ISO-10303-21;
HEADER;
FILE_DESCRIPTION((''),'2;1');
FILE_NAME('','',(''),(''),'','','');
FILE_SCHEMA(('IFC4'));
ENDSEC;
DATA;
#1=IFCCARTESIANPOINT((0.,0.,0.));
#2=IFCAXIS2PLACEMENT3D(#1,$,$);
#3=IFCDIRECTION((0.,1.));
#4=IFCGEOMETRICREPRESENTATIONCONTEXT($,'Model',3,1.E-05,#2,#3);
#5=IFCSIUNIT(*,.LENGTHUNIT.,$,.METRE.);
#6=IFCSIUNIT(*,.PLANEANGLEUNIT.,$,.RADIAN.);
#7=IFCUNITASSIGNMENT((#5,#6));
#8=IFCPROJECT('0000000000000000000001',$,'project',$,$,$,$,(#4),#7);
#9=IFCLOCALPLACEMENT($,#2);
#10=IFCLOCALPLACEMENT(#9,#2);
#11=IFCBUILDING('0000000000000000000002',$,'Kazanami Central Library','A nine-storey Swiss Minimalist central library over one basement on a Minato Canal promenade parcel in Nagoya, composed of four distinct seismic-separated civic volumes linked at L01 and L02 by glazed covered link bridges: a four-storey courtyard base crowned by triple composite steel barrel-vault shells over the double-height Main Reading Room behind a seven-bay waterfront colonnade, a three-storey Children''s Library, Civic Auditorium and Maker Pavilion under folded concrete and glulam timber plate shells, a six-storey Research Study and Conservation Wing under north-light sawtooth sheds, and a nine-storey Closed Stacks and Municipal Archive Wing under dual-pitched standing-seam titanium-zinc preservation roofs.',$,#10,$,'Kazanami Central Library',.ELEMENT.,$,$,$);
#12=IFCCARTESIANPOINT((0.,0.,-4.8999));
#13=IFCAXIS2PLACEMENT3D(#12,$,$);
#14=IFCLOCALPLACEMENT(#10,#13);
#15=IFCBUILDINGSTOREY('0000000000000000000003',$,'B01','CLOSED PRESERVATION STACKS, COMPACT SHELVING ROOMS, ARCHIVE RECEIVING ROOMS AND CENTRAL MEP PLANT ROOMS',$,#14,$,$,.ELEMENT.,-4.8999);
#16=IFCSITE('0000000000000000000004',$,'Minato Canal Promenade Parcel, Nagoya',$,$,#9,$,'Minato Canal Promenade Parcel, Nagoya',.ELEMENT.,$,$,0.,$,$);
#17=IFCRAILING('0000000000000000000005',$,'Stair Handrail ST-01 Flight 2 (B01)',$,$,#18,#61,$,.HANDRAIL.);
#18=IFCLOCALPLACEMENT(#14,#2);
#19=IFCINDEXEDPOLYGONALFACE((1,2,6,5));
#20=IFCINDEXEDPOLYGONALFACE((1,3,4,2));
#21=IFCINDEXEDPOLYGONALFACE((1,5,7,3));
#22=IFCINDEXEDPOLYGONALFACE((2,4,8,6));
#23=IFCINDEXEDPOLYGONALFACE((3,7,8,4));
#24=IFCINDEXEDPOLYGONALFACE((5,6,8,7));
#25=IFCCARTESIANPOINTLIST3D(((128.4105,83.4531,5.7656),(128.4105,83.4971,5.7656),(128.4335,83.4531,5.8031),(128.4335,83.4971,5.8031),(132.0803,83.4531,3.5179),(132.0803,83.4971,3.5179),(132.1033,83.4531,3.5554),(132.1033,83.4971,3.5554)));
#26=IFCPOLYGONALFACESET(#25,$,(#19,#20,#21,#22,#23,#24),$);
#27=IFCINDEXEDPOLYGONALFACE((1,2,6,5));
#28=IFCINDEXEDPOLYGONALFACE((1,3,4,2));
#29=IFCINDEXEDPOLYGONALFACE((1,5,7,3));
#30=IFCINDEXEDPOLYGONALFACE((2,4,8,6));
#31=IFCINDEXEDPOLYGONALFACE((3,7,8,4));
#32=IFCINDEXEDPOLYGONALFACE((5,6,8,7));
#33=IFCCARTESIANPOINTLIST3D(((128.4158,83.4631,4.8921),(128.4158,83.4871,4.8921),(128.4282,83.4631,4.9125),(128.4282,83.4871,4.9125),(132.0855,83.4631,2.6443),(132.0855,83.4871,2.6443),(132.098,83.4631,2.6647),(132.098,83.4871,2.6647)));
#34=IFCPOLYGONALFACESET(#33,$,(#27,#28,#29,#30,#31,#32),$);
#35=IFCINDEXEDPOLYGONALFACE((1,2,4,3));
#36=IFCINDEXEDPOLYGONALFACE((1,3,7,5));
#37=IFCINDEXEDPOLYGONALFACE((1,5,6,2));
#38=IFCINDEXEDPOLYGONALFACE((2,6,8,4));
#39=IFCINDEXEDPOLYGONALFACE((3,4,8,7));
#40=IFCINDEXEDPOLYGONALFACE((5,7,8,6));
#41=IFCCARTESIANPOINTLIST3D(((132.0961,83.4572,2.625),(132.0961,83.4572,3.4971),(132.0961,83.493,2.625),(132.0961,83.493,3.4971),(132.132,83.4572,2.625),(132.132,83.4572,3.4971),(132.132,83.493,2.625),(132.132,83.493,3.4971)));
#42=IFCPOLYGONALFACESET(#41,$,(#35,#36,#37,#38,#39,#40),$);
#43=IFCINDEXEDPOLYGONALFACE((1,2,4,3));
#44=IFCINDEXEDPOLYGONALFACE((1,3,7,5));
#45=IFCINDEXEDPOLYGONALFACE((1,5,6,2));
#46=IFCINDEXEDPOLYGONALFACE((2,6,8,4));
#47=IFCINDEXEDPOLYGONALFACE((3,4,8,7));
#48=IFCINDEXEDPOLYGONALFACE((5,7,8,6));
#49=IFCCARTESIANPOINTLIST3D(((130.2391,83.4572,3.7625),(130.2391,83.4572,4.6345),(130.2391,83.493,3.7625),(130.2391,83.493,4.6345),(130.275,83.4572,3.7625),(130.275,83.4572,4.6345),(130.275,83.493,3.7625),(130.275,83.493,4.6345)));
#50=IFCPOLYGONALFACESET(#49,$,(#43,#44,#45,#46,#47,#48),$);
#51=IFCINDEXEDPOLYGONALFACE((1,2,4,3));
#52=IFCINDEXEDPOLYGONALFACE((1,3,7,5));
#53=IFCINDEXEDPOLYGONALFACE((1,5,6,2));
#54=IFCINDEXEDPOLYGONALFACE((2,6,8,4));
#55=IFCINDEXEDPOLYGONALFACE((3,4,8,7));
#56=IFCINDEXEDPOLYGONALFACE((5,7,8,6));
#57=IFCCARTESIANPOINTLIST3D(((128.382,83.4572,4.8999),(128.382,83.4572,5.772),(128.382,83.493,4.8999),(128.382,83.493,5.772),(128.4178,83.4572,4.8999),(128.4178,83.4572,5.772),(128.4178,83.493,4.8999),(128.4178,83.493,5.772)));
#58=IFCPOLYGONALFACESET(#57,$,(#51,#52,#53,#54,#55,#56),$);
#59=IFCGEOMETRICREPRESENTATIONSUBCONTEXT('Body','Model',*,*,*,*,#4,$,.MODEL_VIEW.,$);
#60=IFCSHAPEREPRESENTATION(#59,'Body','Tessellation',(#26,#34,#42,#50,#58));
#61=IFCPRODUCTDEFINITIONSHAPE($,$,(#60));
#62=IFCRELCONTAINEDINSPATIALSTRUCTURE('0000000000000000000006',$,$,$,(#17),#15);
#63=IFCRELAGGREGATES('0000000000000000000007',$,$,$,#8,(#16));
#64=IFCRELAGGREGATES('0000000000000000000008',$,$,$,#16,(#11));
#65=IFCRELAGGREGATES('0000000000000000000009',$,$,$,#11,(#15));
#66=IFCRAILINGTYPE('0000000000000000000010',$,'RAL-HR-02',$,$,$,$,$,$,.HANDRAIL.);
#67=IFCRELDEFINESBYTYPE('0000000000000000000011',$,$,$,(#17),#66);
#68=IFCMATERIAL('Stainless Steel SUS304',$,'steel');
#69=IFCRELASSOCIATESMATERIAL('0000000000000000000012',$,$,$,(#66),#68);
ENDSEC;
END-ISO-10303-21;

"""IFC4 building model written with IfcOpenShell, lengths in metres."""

from ifc_helpers import new_model, si_unit, direction, frame, origin, origin_2d, place, context, subcontext, project, spatial, rectangle, extrude, material, type_object, element, save


model = new_model("IFC4")

# Units and contexts
model_context = context("Model", 3, precision=1e-05, world=origin(), true_north=direction((0.0, 1.0)))
body_context = subcontext(model_context, "Body", "Model", "MODEL_VIEW")
ifc_project = project(units=[si_unit("LENGTHUNIT", "METRE"), si_unit("PLANEANGLEUNIT", "RADIAN")], contexts=[model_context])

# Site, building, storey
site_placement = place(None, origin())
site = spatial("IfcSite", under=ifc_project, at=site_placement, Name="Minato Canal Promenade Parcel, Nagoya", LongName="Minato Canal Promenade Parcel, Nagoya", CompositionType="ELEMENT", RefElevation=0.0)
building_placement = place(site_placement, origin())
building = spatial("IfcBuilding", under=site, at=building_placement, Name="Kazanami Central Library", Description="A nine-storey Swiss Minimalist central library over one basement on a Minato Canal promenade parcel in Nagoya, composed of four distinct seismic-separated civic volumes linked at L01 and L02 by glazed covered link bridges: a four-storey courtyard base crowned by triple composite steel barrel-vault shells over the double-height Main Reading Room behind a seven-bay waterfront colonnade, a three-storey Children's Library, Civic Auditorium and Maker Pavilion under folded concrete and glulam timber plate shells, a six-storey Research Study and Conservation Wing under north-light sawtooth sheds, and a nine-storey Closed Stacks and Municipal Archive Wing under dual-pitched standing-seam titanium-zinc preservation roofs.", LongName="Kazanami Central Library", CompositionType="ELEMENT")
storey_placement = place(building_placement, frame((0.0, 0.0, -4.8999)))
storey = spatial("IfcBuildingStorey", under=building, at=storey_placement, Name="B01", Description="CLOSED PRESERVATION STACKS, COMPACT SHELVING ROOMS, ARCHIVE RECEIVING ROOMS AND CENTRAL MEP PLANT ROOMS", CompositionType="ELEMENT", Elevation=-4.8999)

# Railing
ifc_material_1 = material(Name="Stainless Steel SUS304", Category="steel")
railing_type_1 = type_object("IfcRailingType", Name="RAL-HR-02", PredefinedType="HANDRAIL", material=ifc_material_1)
railing_1_placement = place(storey_placement, frame((132.114, 83.4751, 2.625)))
element("IfcRailing", 1, at=railing_1_placement, inside=storey, type_object=railing_type_1, Name="Stair Handrail ST-01 Flight 2 (B01)", PredefinedType="HANDRAIL", context=body_context, shape_type="SweptSolid", body=[
    extrude(rectangle(XDim=0.0439, YDim=0.0439, at=origin_2d()), frame((-0.0222, 0.0, 0.9116), z_axis=(-0.852753, 0.0, 0.522314), x_axis=(0.0, -1.0, 0.0)), (0.0, 0.0, 1.0), 4.3035),
    extrude(rectangle(XDim=0.0239, YDim=0.0239, at=origin_2d()), frame((-0.0222, 0.0, 0.0295), z_axis=(-0.852753, 0.0, 0.522314), x_axis=(0.0, -1.0, 0.0)), (0.0, 0.0, 1.0), 4.3035),
    extrude(rectangle(XDim=0.0359, YDim=0.0359, at=origin_2d()), origin(), (0.0, 0.0, 1.0), 0.8721),
    extrude(rectangle(XDim=0.0359, YDim=0.0359, at=origin_2d()), frame((-1.8569, 0.0, 1.1375)), (0.0, 0.0, 1.0), 0.8721),
    extrude(rectangle(XDim=0.0359, YDim=0.0359, at=origin_2d()), frame((-3.7141, 0.0, 2.2749)), (0.0, 0.0, 1.0), 0.8721),
])

save(model, "model.ifc")
